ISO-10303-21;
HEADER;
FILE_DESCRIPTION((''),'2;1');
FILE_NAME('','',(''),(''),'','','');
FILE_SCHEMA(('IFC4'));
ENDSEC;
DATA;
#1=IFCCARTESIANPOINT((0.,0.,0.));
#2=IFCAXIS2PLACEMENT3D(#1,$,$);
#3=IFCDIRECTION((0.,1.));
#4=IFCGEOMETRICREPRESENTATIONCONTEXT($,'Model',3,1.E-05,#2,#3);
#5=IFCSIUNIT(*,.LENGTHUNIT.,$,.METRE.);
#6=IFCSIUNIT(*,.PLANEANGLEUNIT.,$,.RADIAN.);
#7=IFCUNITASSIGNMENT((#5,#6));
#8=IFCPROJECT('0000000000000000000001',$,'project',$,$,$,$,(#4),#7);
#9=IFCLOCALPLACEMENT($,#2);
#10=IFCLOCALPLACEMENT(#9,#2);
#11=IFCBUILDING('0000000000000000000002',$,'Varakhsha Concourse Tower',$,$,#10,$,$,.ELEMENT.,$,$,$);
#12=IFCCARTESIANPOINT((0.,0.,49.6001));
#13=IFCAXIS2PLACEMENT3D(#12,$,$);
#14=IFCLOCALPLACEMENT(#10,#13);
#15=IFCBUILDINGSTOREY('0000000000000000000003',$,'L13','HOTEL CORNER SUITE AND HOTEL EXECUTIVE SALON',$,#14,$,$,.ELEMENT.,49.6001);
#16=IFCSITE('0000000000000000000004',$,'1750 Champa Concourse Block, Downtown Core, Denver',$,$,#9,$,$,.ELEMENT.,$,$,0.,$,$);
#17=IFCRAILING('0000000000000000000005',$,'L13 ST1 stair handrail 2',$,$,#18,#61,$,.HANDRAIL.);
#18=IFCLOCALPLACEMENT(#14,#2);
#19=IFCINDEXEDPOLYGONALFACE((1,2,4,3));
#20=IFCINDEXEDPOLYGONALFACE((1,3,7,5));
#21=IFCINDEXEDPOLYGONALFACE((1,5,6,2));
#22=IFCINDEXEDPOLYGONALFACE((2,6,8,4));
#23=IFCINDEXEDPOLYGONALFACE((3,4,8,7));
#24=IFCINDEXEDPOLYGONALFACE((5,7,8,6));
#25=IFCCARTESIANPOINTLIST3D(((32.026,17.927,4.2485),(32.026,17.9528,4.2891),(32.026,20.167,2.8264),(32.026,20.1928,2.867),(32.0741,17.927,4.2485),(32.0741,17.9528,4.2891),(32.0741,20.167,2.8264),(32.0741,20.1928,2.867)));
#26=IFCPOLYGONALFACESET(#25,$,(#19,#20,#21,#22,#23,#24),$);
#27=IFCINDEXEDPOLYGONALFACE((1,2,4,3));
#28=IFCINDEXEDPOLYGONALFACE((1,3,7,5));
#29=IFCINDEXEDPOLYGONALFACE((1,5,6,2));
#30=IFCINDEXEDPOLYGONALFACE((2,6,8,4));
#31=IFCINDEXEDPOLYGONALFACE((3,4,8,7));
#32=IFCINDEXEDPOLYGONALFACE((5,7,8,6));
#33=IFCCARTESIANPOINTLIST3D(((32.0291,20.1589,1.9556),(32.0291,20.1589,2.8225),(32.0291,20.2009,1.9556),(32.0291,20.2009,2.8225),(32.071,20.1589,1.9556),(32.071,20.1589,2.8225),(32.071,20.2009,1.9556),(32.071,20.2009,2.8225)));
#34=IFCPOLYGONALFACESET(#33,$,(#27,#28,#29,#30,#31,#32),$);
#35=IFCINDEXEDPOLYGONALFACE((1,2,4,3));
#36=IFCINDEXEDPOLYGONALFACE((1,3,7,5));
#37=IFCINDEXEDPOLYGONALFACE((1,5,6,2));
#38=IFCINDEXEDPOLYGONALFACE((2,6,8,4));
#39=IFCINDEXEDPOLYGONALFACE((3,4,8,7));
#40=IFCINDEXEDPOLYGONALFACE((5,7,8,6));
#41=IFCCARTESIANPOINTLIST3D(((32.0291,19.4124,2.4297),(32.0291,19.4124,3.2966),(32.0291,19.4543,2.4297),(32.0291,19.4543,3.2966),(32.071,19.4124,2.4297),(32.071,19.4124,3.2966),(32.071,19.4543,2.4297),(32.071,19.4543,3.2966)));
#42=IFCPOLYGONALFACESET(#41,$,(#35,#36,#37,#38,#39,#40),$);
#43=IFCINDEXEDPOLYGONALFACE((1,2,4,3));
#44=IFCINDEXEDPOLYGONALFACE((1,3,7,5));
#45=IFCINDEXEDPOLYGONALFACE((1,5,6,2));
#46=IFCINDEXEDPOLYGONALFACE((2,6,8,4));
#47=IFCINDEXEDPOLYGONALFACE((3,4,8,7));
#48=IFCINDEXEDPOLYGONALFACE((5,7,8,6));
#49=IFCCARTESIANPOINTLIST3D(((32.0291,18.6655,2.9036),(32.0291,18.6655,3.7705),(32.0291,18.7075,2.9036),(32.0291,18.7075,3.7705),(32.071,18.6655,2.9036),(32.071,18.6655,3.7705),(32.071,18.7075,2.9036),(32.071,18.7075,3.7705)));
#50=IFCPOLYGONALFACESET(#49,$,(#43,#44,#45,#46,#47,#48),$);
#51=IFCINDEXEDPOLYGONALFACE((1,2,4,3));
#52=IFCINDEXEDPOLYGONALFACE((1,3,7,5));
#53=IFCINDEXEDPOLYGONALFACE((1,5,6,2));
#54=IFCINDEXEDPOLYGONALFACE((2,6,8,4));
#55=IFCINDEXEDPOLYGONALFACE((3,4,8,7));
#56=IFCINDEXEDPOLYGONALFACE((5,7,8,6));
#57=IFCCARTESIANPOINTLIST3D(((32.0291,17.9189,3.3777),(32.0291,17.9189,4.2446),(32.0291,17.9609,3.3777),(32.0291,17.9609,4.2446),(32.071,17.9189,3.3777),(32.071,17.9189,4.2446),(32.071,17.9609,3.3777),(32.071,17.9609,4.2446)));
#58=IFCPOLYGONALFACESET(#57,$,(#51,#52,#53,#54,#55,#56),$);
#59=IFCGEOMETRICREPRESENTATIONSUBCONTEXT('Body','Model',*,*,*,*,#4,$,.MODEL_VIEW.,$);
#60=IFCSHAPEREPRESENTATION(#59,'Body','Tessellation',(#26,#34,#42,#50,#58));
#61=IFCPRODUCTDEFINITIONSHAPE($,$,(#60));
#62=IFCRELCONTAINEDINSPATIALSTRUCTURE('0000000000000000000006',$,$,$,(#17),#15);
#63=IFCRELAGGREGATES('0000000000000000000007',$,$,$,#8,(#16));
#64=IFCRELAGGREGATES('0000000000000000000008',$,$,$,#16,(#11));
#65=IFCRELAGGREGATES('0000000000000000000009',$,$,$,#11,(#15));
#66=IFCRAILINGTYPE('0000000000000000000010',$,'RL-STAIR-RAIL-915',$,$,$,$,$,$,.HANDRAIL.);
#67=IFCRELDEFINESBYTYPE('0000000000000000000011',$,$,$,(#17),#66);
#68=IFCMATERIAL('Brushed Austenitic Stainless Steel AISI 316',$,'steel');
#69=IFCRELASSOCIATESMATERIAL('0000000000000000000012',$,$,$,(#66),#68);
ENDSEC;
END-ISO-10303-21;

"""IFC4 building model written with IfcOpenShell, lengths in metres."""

from ifc_helpers import new_model, si_unit, direction, frame, origin, origin_2d, place, context, subcontext, project, spatial, rectangle, extrude, material, type_object, element, save


model = new_model("IFC4")

# Units and contexts
model_context = context("Model", 3, precision=1e-05, world=origin(), true_north=direction((0.0, 1.0)))
body_context = subcontext(model_context, "Body", "Model", "MODEL_VIEW")
ifc_project = project(units=[si_unit("LENGTHUNIT", "METRE"), si_unit("PLANEANGLEUNIT", "RADIAN")], contexts=[model_context])

# Site, building, storey
site_placement = place(None, origin())
site = spatial("IfcSite", under=ifc_project, at=site_placement, Name="1750 Champa Concourse Block, Downtown Core, Denver", CompositionType="ELEMENT", RefElevation=0.0)
building_placement = place(site_placement, origin())
building = spatial("IfcBuilding", under=site, at=building_placement, Name="Varakhsha Concourse Tower", CompositionType="ELEMENT")
storey_placement = place(building_placement, frame((0.0, 0.0, 49.6001)))
storey = spatial("IfcBuildingStorey", under=building, at=storey_placement, Name="L13", Description="HOTEL CORNER SUITE AND HOTEL EXECUTIVE SALON", CompositionType="ELEMENT", Elevation=49.6001)

# Shared definitions
ifc_material_1 = material(Name="Brushed Austenitic Stainless Steel AISI 316", Category="steel")

# Railing
railing_type_1 = type_object("IfcRailingType", Name="RL-STAIR-RAIL-915", PredefinedType="HANDRAIL", material=ifc_material_1)
railing_1_placement = place(storey_placement, frame((32.05, 20.1799, 1.9556)))
element("IfcRailing", 1, at=railing_1_placement, inside=storey, type_object=railing_type_1, Name="L13 ST1 stair handrail 2", PredefinedType="HANDRAIL", context=body_context, shape_type="SweptSolid", body=[
    extrude(rectangle(XDim=0.0481, YDim=0.0481, at=origin_2d()), frame((0.0, 0.0, 0.8911), z_axis=(0.0, -0.844229, 0.535982), x_axis=(1.0, 0.0, 0.0)), (0.0, 0.0, 1.0), 2.6533),
    extrude(rectangle(XDim=0.042, YDim=0.042, at=origin_2d()), origin(), (0.0, 0.0, 1.0), 0.8669),
    extrude(rectangle(XDim=0.042, YDim=0.042, at=origin_2d()), frame((0.0, -0.7466, 0.4741)), (0.0, 0.0, 1.0), 0.8669),
    extrude(rectangle(XDim=0.042, YDim=0.042, at=origin_2d()), frame((0.0, -1.4934, 0.948)), (0.0, 0.0, 1.0), 0.8669),
    extrude(rectangle(XDim=0.042, YDim=0.042, at=origin_2d()), frame((0.0, -2.24, 1.4221)), (0.0, 0.0, 1.0), 0.8669),
])

save(model, "model.ifc")
